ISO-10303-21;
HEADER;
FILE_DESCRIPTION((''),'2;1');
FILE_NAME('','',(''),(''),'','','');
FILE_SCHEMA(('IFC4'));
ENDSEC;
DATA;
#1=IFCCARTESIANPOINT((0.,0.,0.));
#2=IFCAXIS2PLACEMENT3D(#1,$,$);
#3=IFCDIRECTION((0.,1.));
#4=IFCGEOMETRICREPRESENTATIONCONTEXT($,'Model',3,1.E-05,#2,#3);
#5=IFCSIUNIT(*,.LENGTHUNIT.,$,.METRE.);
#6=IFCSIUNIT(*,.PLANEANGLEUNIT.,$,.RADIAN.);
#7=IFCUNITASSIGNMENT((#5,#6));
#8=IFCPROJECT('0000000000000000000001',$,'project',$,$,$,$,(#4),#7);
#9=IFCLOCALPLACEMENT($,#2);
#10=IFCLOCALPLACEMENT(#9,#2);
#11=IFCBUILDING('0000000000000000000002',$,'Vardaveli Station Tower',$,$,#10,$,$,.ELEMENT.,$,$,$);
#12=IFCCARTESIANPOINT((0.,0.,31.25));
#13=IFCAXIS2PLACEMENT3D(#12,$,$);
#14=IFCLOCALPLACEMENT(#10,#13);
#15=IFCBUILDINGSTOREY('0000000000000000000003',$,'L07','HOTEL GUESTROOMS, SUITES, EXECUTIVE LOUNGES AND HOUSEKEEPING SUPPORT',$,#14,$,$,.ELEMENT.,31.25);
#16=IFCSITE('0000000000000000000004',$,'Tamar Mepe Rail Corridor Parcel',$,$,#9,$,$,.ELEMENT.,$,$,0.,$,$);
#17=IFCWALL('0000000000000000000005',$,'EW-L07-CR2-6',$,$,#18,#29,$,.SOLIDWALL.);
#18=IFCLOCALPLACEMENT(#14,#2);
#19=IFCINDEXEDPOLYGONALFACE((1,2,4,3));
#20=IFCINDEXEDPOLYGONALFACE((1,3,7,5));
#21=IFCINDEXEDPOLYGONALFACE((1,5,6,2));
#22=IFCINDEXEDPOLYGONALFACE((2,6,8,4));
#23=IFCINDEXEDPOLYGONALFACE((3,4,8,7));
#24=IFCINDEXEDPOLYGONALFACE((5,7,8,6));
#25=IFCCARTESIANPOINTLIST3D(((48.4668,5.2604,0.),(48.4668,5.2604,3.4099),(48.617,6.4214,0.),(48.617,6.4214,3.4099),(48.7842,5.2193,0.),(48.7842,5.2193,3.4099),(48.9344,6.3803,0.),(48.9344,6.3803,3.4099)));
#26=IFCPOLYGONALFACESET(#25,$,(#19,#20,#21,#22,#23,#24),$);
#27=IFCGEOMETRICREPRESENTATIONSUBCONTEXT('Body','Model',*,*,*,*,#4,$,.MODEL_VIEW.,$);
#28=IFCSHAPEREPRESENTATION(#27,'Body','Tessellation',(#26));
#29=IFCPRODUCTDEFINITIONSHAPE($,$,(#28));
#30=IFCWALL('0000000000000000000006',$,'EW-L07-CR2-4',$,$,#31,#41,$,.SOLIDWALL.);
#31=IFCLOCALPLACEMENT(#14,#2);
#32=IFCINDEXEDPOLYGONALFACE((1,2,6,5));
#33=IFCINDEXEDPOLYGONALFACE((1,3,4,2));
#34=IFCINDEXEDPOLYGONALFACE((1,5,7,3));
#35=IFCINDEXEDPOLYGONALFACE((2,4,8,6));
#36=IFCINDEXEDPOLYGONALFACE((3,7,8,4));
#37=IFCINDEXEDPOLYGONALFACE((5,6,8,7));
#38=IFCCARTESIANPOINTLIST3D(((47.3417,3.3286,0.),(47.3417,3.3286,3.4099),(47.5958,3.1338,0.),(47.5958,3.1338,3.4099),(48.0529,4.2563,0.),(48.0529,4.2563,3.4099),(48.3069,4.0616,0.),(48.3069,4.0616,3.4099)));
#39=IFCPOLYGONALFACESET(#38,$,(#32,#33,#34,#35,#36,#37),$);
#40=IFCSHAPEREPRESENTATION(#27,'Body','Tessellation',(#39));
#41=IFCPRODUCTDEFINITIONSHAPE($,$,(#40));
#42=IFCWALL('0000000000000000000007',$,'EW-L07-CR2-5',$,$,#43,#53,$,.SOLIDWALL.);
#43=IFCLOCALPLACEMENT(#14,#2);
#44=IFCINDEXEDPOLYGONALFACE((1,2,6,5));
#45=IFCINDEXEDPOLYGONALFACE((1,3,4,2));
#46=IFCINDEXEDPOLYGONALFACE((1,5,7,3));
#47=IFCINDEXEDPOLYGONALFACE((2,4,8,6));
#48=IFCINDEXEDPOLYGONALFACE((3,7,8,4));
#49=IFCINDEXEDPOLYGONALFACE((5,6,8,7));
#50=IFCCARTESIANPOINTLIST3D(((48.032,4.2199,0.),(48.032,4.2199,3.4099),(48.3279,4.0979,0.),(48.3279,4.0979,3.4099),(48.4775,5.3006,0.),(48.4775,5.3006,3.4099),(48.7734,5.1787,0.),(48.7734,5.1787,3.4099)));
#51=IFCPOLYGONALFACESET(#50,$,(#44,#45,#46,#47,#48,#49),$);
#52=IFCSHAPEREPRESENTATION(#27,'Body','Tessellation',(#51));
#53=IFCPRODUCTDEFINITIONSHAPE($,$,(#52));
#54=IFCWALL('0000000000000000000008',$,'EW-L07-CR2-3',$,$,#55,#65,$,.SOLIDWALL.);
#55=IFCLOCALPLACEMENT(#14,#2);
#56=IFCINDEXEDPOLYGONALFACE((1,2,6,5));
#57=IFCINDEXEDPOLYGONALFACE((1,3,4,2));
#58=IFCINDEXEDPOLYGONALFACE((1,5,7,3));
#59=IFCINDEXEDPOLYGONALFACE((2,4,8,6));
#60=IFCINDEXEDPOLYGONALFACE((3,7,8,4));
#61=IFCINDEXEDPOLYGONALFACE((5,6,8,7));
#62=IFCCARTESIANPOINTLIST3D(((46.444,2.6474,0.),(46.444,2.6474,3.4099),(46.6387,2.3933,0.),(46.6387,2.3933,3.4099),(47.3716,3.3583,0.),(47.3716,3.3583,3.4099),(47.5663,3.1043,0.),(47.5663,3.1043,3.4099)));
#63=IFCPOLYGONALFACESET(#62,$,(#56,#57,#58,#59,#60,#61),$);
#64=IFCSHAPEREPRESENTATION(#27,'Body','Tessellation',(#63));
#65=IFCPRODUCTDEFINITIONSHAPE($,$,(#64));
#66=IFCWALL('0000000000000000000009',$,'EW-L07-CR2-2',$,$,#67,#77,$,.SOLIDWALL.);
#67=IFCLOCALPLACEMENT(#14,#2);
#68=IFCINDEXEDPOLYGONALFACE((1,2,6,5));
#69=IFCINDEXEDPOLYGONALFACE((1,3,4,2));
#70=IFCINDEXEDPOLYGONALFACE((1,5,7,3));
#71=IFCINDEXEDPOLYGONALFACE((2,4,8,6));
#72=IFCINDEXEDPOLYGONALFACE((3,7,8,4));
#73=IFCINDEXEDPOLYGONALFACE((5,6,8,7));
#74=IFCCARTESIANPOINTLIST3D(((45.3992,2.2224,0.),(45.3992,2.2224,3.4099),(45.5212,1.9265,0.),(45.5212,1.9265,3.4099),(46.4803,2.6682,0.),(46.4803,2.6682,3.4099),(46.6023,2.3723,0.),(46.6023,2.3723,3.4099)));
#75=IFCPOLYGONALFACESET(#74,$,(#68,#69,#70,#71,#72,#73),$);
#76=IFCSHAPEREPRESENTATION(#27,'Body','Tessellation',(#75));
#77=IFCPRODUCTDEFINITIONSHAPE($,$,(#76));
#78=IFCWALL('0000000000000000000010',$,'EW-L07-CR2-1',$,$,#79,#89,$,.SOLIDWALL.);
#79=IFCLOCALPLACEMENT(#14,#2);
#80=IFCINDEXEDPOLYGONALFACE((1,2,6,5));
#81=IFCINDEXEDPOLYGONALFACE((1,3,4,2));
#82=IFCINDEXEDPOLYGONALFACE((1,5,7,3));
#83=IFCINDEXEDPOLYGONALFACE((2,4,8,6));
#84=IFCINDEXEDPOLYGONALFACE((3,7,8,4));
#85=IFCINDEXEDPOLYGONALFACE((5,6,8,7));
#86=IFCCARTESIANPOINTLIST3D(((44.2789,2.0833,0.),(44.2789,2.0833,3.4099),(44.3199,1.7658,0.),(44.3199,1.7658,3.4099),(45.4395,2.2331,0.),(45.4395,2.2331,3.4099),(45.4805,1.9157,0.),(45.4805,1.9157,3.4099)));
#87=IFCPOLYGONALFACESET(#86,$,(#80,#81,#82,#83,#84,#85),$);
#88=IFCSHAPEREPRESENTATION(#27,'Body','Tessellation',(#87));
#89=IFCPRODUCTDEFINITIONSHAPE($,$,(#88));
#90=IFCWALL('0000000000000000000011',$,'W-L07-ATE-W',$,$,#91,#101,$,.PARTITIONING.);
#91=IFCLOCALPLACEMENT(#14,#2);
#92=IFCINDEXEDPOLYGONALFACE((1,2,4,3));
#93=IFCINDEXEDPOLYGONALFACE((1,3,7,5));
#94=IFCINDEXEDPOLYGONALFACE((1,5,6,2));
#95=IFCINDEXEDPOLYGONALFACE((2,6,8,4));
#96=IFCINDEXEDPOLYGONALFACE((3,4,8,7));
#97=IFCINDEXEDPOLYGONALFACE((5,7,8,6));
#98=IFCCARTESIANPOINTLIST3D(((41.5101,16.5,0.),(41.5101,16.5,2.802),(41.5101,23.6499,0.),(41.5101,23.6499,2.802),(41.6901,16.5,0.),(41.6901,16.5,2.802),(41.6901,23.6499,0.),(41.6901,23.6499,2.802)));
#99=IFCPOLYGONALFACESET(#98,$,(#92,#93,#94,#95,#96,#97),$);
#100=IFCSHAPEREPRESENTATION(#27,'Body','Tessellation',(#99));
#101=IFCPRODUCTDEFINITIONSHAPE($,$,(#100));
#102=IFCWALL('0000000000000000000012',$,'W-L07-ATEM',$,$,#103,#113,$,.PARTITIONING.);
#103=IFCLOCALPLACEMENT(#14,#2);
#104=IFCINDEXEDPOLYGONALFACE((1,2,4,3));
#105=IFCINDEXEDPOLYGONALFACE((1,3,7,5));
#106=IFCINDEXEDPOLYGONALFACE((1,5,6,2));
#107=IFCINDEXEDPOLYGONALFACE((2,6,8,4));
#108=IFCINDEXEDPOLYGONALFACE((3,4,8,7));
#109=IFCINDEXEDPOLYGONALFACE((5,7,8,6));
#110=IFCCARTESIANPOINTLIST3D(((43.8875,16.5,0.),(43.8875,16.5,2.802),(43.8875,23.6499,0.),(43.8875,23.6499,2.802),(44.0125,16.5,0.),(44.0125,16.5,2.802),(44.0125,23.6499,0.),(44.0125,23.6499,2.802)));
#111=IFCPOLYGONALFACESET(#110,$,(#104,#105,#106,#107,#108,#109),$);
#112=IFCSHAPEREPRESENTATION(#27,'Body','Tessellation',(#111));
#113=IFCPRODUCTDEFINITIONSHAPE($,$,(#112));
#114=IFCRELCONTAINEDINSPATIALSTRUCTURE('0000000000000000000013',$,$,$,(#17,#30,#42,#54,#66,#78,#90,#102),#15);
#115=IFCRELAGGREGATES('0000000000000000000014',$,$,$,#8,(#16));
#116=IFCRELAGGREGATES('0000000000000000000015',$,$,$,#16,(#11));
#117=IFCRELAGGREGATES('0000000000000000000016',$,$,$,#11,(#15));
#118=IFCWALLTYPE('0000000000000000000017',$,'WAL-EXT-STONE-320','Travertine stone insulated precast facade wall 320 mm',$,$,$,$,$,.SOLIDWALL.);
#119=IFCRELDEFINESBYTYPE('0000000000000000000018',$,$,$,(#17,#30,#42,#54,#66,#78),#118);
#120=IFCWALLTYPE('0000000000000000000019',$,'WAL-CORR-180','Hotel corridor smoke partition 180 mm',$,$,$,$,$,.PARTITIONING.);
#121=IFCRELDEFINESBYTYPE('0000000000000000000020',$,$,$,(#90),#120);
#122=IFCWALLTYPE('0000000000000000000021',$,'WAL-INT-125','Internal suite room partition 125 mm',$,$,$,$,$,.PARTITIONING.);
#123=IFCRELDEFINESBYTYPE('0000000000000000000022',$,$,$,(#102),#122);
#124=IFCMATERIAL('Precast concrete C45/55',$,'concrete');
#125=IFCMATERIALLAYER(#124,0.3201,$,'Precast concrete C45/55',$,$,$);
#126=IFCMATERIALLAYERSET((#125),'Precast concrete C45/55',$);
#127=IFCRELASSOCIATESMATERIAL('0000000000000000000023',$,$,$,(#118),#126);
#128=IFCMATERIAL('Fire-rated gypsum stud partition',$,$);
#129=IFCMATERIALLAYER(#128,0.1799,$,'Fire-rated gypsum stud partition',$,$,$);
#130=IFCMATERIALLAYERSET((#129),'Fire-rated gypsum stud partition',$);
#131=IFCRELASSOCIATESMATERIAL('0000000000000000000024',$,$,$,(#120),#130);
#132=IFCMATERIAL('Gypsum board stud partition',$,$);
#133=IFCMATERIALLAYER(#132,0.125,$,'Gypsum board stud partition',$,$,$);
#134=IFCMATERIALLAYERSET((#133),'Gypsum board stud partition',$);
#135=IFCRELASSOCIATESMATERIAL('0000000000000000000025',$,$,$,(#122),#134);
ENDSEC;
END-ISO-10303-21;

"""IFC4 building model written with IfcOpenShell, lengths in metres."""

from ifc_helpers import new_model, si_unit, direction, frame, frame_2d, origin, place, context, subcontext, project, spatial, rectangle, extrude, source, transform, mapped, material, layer, layer_set, type_object, element, save


model = new_model("IFC4")

# Units and contexts
model_context = context("Model", 3, precision=1e-05, world=origin(), true_north=direction((0.0, 1.0)))
body_context = subcontext(model_context, "Body", "Model", "MODEL_VIEW")
ifc_project = project(units=[si_unit("LENGTHUNIT", "METRE"), si_unit("PLANEANGLEUNIT", "RADIAN")], contexts=[model_context])

# Site, building, storey
site_placement = place(None, origin())
site = spatial("IfcSite", under=ifc_project, at=site_placement, Name="Tamar Mepe Rail Corridor Parcel", CompositionType="ELEMENT", RefElevation=0.0)
building_placement = place(site_placement, origin())
building = spatial("IfcBuilding", under=site, at=building_placement, Name="Vardaveli Station Tower", CompositionType="ELEMENT")
storey_placement = place(building_placement, frame((0.0, 0.0, 31.25)))
storey = spatial("IfcBuildingStorey", under=building, at=storey_placement, Name="L07", Description="HOTEL GUESTROOMS, SUITES, EXECUTIVE LOUNGES AND HOUSEKEEPING SUPPORT", CompositionType="ELEMENT", Elevation=31.25)

# Shared definitions
ifc_material_1 = material(Name="Precast concrete C45/55", Category="concrete")

# Shared definitions
ifc_layer_1 = layer(ifc_material_1, 0.3201, Name="Precast concrete C45/55")
ifc_layer_set_1 = layer_set([ifc_layer_1], Name="Precast concrete C45/55")
wall_type_1 = type_object("IfcWallType", Name="WAL-EXT-STONE-320", Description="Travertine stone insulated precast facade wall 320 mm", PredefinedType="SOLIDWALL", material=ifc_layer_set_1)

# Walls
shared_shape_1 = source(origin(), body_context, "Body", "SweptSolid", [
    extrude(rectangle(XDim=1.1707, YDim=0.3201, at=frame_2d((0.5854, 0.0))), origin(), (0.0, 0.0, 1.0), 3.4099),
])
wall_1_placement = place(storey_placement, frame((48.6255, 5.2397, 0.0), z_axis=(0.0, 0.0, 1.0), x_axis=(0.128269, 0.991739, 0.0)))
element("IfcWall", 1, at=wall_1_placement, inside=storey, type_object=wall_type_1, Name="EW-L07-CR2-6", PredefinedType="SOLIDWALL", context=body_context, shape_type="MappedRepresentation", body=[
    mapped(shared_shape_1, transform((0.0, 0.0, 0.0), scale=1.0)),
])
shared_shape_2 = source(origin(), body_context, "Body", "SweptSolid", [
    extrude(rectangle(XDim=1.1689, YDim=0.3201, at=frame_2d((0.5845, 0.0))), origin(), (0.0, 0.0, 1.0), 3.4099),
])
for number, where, z_axis, x_axis, name in (
    (2, (47.4688, 3.2312, 0.0), (0.0, 0.0, 1.0), (0.608388, 0.79364, 0.0), "EW-L07-CR2-4"),
    (3, (48.1799, 4.1589, 0.0), (0.0, 0.0, 1.0), (0.381128, 0.924522, 0.0), "EW-L07-CR2-5"),
):
    element("IfcWall", number, at=place(storey_placement, frame(where, z_axis=z_axis, x_axis=x_axis)), inside=storey, type_object=wall_type_1, Name=name, PredefinedType="SOLIDWALL", context=body_context, shape_type="MappedRepresentation", body=[
        mapped(shared_shape_2, transform((0.0, 0.0, 0.0), scale=1.0)),
    ])
shared_shape_3 = source(origin(), body_context, "Body", "SweptSolid", [
    extrude(rectangle(XDim=1.1687, YDim=0.3201, at=frame_2d((0.5845, 0.0))), origin(), (0.0, 0.0, 1.0), 3.4099),
])
wall_2_placement = place(storey_placement, frame((46.5413, 2.5203, 0.0), z_axis=(0.0, 0.0, 1.0), x_axis=(0.793664, 0.608357, 0.0)))
element("IfcWall", 4, at=wall_2_placement, inside=storey, type_object=wall_type_1, Name="EW-L07-CR2-3", PredefinedType="SOLIDWALL", context=body_context, shape_type="MappedRepresentation", body=[
    mapped(shared_shape_3, transform((0.0, 0.0, 0.0), scale=1.0)),
])
shared_shape_4 = source(origin(), body_context, "Body", "SweptSolid", [
    extrude(rectangle(XDim=1.1694, YDim=0.3201, at=frame_2d((0.5847, 0.0))), origin(), (0.0, 0.0, 1.0), 3.4099),
])
wall_3_placement = place(storey_placement, frame((45.4602, 2.0745, 0.0), z_axis=(0.0, 0.0, 1.0), x_axis=(0.924479, 0.381233, 0.0)))
element("IfcWall", 5, at=wall_3_placement, inside=storey, type_object=wall_type_1, Name="EW-L07-CR2-2", PredefinedType="SOLIDWALL", context=body_context, shape_type="MappedRepresentation", body=[
    mapped(shared_shape_4, transform((0.0, 0.0, 0.0), scale=1.0)),
])
shared_shape_5 = source(origin(), body_context, "Body", "SweptSolid", [
    extrude(rectangle(XDim=1.1702, YDim=0.3201, at=frame_2d((0.585, 0.0))), origin(), (0.0, 0.0, 1.0), 3.4099),
])
wall_4_placement = place(storey_placement, frame((44.2996, 1.9246, 0.0), z_axis=(0.0, 0.0, 1.0), x_axis=(0.991762, 0.12809, 0.0)))
element("IfcWall", 6, at=wall_4_placement, inside=storey, type_object=wall_type_1, Name="EW-L07-CR2-1", PredefinedType="SOLIDWALL", context=body_context, shape_type="MappedRepresentation", body=[
    mapped(shared_shape_5, transform((0.0, 0.0, 0.0), scale=1.0)),
])

# Shared definitions
ifc_material_2 = material(Name="Fire-rated gypsum stud partition")
ifc_layer_2 = layer(ifc_material_2, 0.1799, Name="Fire-rated gypsum stud partition")
ifc_layer_set_2 = layer_set([ifc_layer_2], Name="Fire-rated gypsum stud partition")
wall_type_2 = type_object("IfcWallType", Name="WAL-CORR-180", Description="Hotel corridor smoke partition 180 mm", PredefinedType="PARTITIONING", material=ifc_layer_set_2)

# Walls
shared_shape_6 = source(origin(), body_context, "Body", "SweptSolid", [
    extrude(rectangle(XDim=7.1499, YDim=0.1799, at=frame_2d((3.575, 0.0))), origin(), (0.0, 0.0, 1.0), 2.802),
])
wall_5_placement = place(storey_placement, frame((41.6001, 16.5, 0.0), z_axis=(0.0, 0.0, 1.0), x_axis=(0.0, 1.0, 0.0)))
element("IfcWall", 7, at=wall_5_placement, inside=storey, type_object=wall_type_2, Name="W-L07-ATE-W", PredefinedType="PARTITIONING", context=body_context, shape_type="MappedRepresentation", body=[
    mapped(shared_shape_6, transform((0.0, 0.0, 0.0), scale=1.0)),
])
ifc_material_3 = material(Name="Gypsum board stud partition")
ifc_layer_3 = layer(ifc_material_3, 0.125, Name="Gypsum board stud partition")
ifc_layer_set_3 = layer_set([ifc_layer_3], Name="Gypsum board stud partition")
wall_type_3 = type_object("IfcWallType", Name="WAL-INT-125", Description="Internal suite room partition 125 mm", PredefinedType="PARTITIONING", material=ifc_layer_set_3)
shared_shape_7 = source(origin(), body_context, "Body", "SweptSolid", [
    extrude(rectangle(XDim=7.1499, YDim=0.125, at=frame_2d((3.575, 0.0))), origin(), (0.0, 0.0, 1.0), 2.802),
])
wall_6_placement = place(storey_placement, frame((43.95, 16.5, 0.0), z_axis=(0.0, 0.0, 1.0), x_axis=(0.0, 1.0, 0.0)))
element("IfcWall", 8, at=wall_6_placement, inside=storey, type_object=wall_type_3, Name="W-L07-ATEM", PredefinedType="PARTITIONING", context=body_context, shape_type="MappedRepresentation", body=[
    mapped(shared_shape_7, transform((0.0, 0.0, 0.0), scale=1.0)),
])

save(model, "model.ifc")
